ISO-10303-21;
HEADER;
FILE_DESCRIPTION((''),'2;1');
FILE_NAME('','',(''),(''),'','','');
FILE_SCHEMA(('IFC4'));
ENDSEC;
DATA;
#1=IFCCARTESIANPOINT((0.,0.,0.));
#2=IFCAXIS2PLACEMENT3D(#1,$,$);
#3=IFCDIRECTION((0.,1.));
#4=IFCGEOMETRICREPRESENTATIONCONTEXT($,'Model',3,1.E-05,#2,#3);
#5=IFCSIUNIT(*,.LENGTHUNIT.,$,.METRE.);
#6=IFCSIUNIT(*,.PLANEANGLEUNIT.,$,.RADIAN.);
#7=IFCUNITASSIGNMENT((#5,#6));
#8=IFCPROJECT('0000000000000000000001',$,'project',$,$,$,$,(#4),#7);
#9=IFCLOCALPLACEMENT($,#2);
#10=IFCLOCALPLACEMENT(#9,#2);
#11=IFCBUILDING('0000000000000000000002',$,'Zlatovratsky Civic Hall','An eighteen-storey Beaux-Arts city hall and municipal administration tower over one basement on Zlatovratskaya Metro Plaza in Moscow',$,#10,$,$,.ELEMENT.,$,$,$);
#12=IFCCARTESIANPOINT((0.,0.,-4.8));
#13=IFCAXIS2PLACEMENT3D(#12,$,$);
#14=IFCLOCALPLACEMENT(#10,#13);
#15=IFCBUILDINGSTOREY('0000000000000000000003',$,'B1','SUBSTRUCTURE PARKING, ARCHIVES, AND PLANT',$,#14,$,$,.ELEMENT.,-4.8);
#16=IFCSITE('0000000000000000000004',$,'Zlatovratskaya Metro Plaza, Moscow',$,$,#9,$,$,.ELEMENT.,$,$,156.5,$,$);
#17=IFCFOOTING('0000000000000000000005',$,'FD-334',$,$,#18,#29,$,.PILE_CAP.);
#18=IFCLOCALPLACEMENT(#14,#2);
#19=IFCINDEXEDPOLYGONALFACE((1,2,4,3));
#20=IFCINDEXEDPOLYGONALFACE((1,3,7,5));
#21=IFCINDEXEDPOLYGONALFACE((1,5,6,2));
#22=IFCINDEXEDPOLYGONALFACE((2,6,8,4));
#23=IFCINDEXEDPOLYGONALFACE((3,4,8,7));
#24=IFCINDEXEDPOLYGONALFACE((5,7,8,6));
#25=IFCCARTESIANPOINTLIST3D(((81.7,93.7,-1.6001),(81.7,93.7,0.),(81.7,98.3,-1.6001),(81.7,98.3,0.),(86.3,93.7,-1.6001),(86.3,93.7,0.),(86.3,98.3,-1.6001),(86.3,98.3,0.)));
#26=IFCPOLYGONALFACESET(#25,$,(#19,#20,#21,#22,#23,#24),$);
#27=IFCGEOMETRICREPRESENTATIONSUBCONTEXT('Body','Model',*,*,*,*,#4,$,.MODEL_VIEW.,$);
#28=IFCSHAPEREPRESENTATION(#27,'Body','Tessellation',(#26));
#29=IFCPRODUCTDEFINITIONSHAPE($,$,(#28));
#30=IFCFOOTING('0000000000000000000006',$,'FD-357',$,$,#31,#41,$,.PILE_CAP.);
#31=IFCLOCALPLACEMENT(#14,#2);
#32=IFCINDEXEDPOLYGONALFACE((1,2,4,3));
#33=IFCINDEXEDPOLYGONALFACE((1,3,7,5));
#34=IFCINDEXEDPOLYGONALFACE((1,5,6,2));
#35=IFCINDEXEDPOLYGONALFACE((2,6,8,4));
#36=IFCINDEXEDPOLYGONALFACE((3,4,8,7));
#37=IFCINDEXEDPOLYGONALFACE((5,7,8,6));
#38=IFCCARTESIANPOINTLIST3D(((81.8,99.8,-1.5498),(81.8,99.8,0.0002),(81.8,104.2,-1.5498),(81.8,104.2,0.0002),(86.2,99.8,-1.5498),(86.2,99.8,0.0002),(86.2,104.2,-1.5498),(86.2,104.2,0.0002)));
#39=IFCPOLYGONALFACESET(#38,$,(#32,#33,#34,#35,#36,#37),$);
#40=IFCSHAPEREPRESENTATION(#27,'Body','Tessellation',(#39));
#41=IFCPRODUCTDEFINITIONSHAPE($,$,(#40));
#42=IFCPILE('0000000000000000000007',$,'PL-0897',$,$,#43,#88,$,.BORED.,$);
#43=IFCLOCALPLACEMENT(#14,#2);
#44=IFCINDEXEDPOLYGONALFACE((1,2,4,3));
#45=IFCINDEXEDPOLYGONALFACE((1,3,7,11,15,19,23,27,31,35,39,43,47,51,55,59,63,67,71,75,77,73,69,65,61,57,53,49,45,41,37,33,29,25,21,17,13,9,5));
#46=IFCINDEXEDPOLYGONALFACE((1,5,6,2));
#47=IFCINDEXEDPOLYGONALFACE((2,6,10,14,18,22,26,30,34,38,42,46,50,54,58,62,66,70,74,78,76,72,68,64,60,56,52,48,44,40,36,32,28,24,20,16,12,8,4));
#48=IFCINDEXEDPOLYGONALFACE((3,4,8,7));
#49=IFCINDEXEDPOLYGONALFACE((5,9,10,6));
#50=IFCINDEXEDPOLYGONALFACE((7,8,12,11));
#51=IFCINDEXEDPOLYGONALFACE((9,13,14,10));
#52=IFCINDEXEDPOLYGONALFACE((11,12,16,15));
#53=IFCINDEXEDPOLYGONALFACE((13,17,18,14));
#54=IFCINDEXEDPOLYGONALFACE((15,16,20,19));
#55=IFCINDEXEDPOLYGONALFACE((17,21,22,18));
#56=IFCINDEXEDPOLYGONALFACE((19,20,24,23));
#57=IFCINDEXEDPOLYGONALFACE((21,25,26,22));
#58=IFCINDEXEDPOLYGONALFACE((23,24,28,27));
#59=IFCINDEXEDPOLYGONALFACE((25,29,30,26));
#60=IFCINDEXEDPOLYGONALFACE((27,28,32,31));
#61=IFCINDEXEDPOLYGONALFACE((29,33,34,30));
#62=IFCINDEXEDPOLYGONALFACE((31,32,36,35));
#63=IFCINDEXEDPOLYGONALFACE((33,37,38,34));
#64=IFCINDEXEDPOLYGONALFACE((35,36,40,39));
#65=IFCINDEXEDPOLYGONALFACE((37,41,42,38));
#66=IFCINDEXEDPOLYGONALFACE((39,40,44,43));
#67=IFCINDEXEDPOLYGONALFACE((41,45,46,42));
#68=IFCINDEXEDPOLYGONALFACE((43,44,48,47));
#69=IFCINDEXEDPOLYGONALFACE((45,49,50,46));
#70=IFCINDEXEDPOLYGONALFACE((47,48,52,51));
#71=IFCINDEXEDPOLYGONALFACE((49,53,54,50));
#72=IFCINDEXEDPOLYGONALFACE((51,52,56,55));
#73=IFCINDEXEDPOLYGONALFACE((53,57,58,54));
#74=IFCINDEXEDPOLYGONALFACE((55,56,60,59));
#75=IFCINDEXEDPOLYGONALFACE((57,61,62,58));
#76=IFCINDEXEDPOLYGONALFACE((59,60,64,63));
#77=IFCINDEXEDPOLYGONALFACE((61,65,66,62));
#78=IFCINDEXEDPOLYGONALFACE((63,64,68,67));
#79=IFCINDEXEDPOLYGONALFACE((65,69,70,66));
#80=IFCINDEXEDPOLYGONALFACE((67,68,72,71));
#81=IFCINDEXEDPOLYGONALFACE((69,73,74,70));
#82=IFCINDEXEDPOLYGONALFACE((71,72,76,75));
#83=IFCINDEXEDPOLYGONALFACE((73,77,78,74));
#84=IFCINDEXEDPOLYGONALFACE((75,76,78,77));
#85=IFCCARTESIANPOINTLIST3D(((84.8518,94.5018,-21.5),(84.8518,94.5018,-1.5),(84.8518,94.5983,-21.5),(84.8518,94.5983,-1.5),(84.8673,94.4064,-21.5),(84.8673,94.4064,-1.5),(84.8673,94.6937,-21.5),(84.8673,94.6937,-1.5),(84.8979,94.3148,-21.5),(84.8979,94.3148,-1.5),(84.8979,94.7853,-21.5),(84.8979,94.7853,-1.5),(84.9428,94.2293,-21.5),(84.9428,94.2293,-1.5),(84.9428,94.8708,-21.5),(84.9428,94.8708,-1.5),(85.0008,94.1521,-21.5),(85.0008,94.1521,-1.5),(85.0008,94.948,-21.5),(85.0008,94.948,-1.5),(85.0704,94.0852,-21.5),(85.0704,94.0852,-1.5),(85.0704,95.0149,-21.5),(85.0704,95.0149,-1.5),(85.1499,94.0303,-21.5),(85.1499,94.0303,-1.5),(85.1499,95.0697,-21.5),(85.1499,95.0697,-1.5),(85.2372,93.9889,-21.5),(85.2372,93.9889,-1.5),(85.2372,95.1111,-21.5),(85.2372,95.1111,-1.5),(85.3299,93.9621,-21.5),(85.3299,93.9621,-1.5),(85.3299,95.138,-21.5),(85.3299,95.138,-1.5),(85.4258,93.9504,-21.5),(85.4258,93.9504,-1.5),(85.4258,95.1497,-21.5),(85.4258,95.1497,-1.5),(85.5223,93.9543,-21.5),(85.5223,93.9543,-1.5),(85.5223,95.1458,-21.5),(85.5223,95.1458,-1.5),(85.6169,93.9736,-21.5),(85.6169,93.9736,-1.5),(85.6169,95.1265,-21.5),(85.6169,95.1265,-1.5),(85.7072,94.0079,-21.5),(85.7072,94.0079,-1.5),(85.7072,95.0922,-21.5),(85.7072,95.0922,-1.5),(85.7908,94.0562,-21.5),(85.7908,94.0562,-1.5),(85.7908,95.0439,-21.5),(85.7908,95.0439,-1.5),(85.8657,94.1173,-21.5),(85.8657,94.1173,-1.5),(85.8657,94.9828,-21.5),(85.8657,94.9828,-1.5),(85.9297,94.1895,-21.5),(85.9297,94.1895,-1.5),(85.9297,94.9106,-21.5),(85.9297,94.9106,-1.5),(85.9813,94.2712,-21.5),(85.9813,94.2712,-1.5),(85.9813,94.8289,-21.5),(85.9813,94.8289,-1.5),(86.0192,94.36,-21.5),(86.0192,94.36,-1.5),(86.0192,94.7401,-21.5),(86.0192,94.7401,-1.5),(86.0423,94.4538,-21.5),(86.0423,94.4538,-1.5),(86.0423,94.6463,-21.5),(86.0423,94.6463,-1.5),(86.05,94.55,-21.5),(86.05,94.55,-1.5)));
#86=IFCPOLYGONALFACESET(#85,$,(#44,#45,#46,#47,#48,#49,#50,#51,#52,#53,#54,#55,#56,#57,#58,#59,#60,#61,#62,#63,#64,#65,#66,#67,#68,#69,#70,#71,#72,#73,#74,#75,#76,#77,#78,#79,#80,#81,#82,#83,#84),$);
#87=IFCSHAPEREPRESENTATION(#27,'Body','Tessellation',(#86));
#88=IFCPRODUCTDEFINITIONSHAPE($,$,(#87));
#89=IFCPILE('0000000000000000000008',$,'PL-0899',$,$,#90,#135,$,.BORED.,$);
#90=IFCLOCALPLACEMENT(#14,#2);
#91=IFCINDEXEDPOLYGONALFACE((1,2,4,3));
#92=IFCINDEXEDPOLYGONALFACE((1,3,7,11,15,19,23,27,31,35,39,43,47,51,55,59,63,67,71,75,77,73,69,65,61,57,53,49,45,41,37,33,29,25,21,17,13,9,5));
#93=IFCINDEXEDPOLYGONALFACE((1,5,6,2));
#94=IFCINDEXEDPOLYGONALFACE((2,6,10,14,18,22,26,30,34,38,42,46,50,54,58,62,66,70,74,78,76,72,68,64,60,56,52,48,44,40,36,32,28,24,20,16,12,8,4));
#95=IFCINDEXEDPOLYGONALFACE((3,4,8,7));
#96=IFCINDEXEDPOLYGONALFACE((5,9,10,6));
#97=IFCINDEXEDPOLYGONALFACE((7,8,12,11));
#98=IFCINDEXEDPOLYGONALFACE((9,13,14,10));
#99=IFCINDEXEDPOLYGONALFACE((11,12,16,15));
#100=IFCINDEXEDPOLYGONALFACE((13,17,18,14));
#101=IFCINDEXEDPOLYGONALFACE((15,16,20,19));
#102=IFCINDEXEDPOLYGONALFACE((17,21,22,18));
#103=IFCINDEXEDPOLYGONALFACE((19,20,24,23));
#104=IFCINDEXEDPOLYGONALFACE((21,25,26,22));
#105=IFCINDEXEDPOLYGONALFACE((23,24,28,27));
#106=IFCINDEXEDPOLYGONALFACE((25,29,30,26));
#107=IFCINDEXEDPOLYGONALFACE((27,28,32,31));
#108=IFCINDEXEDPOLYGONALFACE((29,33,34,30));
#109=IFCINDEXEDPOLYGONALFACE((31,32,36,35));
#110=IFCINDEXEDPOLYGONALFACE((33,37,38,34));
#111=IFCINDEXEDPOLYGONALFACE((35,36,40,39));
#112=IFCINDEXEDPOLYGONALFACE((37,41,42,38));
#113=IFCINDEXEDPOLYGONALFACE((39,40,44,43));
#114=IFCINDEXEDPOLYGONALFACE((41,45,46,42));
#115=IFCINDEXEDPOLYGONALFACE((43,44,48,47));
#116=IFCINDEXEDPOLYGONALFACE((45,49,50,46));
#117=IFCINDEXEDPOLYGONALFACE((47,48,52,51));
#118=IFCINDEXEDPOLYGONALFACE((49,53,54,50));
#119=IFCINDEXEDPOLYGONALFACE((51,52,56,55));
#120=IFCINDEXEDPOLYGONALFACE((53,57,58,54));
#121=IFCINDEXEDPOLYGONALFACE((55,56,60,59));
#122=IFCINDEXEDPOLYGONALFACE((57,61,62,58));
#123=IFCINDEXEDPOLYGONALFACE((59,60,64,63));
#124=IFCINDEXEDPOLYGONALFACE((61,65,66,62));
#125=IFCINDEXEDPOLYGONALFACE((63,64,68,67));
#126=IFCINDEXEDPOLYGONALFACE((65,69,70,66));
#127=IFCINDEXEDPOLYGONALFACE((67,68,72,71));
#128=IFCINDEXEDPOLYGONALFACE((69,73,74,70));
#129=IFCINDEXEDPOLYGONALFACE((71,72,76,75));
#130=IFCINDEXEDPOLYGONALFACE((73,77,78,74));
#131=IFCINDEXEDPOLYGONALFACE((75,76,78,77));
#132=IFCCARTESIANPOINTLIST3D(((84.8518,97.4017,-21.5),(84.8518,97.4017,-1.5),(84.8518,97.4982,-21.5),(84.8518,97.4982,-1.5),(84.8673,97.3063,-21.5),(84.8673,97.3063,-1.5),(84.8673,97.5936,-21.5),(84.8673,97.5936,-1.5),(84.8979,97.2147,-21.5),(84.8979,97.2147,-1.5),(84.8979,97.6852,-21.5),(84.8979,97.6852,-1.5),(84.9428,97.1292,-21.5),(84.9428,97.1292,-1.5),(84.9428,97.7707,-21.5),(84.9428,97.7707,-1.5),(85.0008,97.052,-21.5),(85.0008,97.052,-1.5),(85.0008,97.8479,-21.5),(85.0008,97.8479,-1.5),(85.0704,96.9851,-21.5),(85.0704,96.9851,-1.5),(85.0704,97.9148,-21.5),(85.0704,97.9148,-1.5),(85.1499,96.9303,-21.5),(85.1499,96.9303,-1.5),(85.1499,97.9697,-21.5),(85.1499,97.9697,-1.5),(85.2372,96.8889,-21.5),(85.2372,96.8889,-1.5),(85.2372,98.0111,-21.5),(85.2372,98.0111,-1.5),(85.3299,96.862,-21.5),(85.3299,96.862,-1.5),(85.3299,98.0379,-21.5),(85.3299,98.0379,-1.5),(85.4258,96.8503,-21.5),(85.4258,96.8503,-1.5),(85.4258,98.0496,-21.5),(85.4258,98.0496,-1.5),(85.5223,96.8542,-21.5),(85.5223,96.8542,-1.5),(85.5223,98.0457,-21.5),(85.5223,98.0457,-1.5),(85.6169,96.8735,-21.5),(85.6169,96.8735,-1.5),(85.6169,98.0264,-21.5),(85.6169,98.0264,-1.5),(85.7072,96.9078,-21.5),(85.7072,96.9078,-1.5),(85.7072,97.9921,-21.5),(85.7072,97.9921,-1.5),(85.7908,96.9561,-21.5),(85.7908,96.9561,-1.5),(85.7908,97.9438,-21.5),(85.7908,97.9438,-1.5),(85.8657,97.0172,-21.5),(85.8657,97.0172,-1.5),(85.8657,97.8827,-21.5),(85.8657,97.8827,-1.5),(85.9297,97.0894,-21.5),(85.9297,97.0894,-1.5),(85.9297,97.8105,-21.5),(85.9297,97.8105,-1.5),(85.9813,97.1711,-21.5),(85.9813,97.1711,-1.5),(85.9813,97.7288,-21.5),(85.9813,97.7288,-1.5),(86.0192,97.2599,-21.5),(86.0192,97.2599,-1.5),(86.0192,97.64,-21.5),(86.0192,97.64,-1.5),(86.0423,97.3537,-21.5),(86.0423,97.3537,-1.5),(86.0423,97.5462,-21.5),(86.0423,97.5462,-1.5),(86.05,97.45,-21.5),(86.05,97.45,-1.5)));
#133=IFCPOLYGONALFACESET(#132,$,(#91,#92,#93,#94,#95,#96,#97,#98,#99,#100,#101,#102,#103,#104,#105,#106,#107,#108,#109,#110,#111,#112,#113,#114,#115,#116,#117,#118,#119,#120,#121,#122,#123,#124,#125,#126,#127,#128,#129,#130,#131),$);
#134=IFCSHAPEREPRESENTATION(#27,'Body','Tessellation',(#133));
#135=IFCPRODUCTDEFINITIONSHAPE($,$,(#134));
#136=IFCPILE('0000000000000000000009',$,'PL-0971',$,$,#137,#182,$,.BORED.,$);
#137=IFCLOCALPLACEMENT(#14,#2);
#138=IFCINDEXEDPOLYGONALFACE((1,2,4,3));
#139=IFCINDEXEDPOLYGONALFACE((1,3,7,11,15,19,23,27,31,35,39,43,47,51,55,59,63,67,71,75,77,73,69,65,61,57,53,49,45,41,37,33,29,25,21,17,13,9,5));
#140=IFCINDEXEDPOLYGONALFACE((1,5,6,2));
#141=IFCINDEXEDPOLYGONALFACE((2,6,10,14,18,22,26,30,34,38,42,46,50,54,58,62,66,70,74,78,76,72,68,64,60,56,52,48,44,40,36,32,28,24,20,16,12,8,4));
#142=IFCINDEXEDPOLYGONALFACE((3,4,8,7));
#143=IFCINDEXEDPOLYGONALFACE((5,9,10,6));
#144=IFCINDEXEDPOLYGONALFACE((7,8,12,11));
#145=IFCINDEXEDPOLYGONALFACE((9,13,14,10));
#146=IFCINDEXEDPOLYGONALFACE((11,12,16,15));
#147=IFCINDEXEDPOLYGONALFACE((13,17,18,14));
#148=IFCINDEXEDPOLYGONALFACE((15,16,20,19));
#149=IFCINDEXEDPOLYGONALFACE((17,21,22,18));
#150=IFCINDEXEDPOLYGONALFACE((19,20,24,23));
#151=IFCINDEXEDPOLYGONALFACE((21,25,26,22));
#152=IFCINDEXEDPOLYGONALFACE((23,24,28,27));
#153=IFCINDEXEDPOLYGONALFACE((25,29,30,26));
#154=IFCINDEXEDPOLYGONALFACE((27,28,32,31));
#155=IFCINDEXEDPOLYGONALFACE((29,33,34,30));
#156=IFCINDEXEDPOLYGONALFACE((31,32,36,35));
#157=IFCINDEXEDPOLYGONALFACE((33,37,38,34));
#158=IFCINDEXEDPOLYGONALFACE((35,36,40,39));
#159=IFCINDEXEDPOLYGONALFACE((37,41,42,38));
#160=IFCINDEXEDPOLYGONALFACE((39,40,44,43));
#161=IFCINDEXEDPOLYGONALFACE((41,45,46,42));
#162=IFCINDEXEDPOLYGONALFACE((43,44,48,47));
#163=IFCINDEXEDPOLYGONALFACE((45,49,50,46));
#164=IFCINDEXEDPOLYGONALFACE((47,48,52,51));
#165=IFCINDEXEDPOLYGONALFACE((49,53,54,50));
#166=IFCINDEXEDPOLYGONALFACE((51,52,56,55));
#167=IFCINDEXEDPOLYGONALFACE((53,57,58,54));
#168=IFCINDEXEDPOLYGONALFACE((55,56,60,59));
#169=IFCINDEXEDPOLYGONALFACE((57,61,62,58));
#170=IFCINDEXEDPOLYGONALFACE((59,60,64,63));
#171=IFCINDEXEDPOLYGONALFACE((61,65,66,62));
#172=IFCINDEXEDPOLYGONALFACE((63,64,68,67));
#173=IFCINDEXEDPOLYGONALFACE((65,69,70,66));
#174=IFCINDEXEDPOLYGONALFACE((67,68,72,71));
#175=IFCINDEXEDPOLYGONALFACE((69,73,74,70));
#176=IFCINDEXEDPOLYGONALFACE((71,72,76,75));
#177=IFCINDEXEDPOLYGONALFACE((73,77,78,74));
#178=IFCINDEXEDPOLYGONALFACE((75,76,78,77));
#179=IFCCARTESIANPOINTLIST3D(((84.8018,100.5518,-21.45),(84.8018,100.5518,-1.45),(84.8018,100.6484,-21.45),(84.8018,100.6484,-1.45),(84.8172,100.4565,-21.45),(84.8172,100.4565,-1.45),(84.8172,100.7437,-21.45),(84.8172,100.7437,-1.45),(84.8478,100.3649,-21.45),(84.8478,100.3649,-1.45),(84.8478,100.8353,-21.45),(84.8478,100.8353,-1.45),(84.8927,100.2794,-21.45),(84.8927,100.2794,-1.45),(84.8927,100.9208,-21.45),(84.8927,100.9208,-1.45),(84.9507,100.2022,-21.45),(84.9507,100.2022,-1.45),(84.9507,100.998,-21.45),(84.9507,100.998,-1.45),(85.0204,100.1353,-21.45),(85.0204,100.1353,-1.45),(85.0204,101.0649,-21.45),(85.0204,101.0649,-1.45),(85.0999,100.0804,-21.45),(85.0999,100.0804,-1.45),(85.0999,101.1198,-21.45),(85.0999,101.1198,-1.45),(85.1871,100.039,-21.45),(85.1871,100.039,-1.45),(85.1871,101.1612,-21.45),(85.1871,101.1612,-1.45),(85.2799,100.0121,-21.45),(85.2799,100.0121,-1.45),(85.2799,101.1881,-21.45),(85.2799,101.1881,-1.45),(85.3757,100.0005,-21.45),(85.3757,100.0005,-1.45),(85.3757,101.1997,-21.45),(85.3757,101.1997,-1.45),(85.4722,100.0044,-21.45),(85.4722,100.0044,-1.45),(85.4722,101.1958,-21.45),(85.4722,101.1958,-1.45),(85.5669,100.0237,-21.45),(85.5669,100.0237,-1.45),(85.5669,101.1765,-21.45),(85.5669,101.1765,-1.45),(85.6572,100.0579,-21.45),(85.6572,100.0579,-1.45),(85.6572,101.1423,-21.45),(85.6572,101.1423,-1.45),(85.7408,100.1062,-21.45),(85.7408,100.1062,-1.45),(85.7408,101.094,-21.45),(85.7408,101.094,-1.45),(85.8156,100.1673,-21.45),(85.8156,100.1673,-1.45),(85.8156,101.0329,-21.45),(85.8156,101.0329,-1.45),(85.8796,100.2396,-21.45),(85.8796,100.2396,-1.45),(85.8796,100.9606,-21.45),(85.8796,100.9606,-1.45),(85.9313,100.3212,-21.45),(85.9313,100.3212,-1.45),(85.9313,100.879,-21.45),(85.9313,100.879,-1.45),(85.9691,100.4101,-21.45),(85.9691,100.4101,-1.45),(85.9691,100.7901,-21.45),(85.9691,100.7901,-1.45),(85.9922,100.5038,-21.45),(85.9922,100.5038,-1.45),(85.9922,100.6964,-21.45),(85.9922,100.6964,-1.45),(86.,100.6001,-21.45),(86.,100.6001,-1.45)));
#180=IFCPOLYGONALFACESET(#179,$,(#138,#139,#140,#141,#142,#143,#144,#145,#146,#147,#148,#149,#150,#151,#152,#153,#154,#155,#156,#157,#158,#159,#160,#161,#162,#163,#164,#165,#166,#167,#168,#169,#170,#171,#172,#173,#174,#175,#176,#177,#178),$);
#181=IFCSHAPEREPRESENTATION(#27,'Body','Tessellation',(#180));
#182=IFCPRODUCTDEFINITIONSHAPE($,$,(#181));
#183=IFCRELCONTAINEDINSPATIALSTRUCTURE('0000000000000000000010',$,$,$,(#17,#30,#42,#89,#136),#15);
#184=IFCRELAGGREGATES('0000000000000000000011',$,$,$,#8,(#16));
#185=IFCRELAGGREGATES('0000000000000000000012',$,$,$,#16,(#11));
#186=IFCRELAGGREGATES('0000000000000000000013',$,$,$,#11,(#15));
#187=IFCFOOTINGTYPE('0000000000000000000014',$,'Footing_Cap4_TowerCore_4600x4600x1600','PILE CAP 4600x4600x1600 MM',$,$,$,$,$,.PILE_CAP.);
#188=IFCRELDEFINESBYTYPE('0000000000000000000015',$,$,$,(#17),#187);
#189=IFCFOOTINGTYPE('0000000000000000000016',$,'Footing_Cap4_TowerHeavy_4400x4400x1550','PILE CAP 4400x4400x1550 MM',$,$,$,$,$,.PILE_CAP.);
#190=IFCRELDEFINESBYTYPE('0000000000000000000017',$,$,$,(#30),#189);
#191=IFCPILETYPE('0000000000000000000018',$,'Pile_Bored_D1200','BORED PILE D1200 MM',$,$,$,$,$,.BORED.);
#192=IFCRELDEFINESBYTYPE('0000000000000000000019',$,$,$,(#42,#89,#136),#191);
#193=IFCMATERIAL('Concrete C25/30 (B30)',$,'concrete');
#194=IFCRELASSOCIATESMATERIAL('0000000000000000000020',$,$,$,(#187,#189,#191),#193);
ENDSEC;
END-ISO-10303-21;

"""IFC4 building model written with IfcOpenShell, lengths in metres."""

from ifc_helpers import new_model, si_unit, direction, frame, origin, origin_2d, place, context, subcontext, project, spatial, rectangle, circle, extrude, material, material_profile, profile_set, type_object, element, save


model = new_model("IFC4")

# Units and contexts
model_context = context("Model", 3, precision=1e-05, world=origin(), true_north=direction((0.0, 1.0)))
body_context = subcontext(model_context, "Body", "Model", "MODEL_VIEW")
ifc_project = project(units=[si_unit("LENGTHUNIT", "METRE"), si_unit("PLANEANGLEUNIT", "RADIAN")], contexts=[model_context])

# Site, building, storey
site_placement = place(None, origin())
site = spatial("IfcSite", under=ifc_project, at=site_placement, Name="Zlatovratskaya Metro Plaza, Moscow", CompositionType="ELEMENT", RefElevation=156.5)
building_placement = place(site_placement, origin())
building = spatial("IfcBuilding", under=site, at=building_placement, Name="Zlatovratsky Civic Hall", Description="An eighteen-storey Beaux-Arts city hall and municipal administration tower over one basement on Zlatovratskaya Metro Plaza in Moscow", CompositionType="ELEMENT")
storey_placement = place(building_placement, frame((0.0, 0.0, -4.8)))
storey = spatial("IfcBuildingStorey", under=building, at=storey_placement, Name="B1", Description="SUBSTRUCTURE PARKING, ARCHIVES, AND PLANT", CompositionType="ELEMENT", Elevation=-4.8)

# Footings
ifc_material_1 = material(Name="Concrete C25/30 (B30)", Category="concrete")
footing_type_1 = type_object("IfcFootingType", Name="Footing_Cap4_TowerCore_4600x4600x1600", Description="PILE CAP 4600x4600x1600 MM", PredefinedType="PILE_CAP", material=ifc_material_1)
footing_1_placement = place(storey_placement, frame((84.0, 96.0, -1.6001), z_axis=(0.0, 0.0, 1.0), x_axis=(1.0, 0.0, 0.0)))
element("IfcFooting", 1, at=footing_1_placement, inside=storey, type_object=footing_type_1, Name="FD-334", PredefinedType="PILE_CAP", context=body_context, shape_type="SweptSolid", body=[
    extrude(rectangle(XDim=4.6001, YDim=4.6001, at=origin_2d()), origin(), (0.0, 0.0, 1.0), 1.6001),
])
footing_type_2 = type_object("IfcFootingType", Name="Footing_Cap4_TowerHeavy_4400x4400x1550", Description="PILE CAP 4400x4400x1550 MM", PredefinedType="PILE_CAP", material=ifc_material_1)
footing_2_placement = place(storey_placement, frame((84.0, 102.0, -1.5498), z_axis=(0.0, 0.0, 1.0), x_axis=(1.0, 0.0, 0.0)))
element("IfcFooting", 2, at=footing_2_placement, inside=storey, type_object=footing_type_2, Name="FD-357", PredefinedType="PILE_CAP", context=body_context, shape_type="SweptSolid", body=[
    extrude(rectangle(XDim=4.3999, YDim=4.3999, at=origin_2d()), origin(), (0.0, 0.0, 1.0), 1.55),
])

# Piles
ifc_material_profile_1 = material_profile(ifc_material_1, circle(Radius=0.6001, at=origin_2d()), Name="PILE D1200")
ifc_profile_set_1 = profile_set([ifc_material_profile_1], Name="Concrete C25/30 (B30)")
pile_type = type_object("IfcPileType", Name="Pile_Bored_D1200", Description="BORED PILE D1200 MM", PredefinedType="BORED", material=ifc_profile_set_1)
for number, where, z_axis, x_axis, name in (
    (3, (85.45, 94.55, -1.5), (0.0, 0.0, -1.0), (1.0, 0.0, 0.0), "PL-0897"),
    (4, (85.45, 97.45, -1.5), (0.0, 0.0, -1.0), (1.0, 0.0, 0.0), "PL-0899"),
    (5, (85.3999, 100.6001, -1.45), (0.0, 0.0, -1.0), (1.0, 0.0, 0.0), "PL-0971"),
):
    element("IfcPile", number, at=place(storey_placement, frame(where, z_axis=z_axis, x_axis=x_axis)), inside=storey, type_object=pile_type, Name=name, PredefinedType="BORED", context=body_context, shape_type="SweptSolid", body=[
        extrude(circle(Radius=0.6001, at=origin_2d()), origin(), (0.0, 0.0, 1.0), 20.0),
    ])

save(model, "model.ifc")
